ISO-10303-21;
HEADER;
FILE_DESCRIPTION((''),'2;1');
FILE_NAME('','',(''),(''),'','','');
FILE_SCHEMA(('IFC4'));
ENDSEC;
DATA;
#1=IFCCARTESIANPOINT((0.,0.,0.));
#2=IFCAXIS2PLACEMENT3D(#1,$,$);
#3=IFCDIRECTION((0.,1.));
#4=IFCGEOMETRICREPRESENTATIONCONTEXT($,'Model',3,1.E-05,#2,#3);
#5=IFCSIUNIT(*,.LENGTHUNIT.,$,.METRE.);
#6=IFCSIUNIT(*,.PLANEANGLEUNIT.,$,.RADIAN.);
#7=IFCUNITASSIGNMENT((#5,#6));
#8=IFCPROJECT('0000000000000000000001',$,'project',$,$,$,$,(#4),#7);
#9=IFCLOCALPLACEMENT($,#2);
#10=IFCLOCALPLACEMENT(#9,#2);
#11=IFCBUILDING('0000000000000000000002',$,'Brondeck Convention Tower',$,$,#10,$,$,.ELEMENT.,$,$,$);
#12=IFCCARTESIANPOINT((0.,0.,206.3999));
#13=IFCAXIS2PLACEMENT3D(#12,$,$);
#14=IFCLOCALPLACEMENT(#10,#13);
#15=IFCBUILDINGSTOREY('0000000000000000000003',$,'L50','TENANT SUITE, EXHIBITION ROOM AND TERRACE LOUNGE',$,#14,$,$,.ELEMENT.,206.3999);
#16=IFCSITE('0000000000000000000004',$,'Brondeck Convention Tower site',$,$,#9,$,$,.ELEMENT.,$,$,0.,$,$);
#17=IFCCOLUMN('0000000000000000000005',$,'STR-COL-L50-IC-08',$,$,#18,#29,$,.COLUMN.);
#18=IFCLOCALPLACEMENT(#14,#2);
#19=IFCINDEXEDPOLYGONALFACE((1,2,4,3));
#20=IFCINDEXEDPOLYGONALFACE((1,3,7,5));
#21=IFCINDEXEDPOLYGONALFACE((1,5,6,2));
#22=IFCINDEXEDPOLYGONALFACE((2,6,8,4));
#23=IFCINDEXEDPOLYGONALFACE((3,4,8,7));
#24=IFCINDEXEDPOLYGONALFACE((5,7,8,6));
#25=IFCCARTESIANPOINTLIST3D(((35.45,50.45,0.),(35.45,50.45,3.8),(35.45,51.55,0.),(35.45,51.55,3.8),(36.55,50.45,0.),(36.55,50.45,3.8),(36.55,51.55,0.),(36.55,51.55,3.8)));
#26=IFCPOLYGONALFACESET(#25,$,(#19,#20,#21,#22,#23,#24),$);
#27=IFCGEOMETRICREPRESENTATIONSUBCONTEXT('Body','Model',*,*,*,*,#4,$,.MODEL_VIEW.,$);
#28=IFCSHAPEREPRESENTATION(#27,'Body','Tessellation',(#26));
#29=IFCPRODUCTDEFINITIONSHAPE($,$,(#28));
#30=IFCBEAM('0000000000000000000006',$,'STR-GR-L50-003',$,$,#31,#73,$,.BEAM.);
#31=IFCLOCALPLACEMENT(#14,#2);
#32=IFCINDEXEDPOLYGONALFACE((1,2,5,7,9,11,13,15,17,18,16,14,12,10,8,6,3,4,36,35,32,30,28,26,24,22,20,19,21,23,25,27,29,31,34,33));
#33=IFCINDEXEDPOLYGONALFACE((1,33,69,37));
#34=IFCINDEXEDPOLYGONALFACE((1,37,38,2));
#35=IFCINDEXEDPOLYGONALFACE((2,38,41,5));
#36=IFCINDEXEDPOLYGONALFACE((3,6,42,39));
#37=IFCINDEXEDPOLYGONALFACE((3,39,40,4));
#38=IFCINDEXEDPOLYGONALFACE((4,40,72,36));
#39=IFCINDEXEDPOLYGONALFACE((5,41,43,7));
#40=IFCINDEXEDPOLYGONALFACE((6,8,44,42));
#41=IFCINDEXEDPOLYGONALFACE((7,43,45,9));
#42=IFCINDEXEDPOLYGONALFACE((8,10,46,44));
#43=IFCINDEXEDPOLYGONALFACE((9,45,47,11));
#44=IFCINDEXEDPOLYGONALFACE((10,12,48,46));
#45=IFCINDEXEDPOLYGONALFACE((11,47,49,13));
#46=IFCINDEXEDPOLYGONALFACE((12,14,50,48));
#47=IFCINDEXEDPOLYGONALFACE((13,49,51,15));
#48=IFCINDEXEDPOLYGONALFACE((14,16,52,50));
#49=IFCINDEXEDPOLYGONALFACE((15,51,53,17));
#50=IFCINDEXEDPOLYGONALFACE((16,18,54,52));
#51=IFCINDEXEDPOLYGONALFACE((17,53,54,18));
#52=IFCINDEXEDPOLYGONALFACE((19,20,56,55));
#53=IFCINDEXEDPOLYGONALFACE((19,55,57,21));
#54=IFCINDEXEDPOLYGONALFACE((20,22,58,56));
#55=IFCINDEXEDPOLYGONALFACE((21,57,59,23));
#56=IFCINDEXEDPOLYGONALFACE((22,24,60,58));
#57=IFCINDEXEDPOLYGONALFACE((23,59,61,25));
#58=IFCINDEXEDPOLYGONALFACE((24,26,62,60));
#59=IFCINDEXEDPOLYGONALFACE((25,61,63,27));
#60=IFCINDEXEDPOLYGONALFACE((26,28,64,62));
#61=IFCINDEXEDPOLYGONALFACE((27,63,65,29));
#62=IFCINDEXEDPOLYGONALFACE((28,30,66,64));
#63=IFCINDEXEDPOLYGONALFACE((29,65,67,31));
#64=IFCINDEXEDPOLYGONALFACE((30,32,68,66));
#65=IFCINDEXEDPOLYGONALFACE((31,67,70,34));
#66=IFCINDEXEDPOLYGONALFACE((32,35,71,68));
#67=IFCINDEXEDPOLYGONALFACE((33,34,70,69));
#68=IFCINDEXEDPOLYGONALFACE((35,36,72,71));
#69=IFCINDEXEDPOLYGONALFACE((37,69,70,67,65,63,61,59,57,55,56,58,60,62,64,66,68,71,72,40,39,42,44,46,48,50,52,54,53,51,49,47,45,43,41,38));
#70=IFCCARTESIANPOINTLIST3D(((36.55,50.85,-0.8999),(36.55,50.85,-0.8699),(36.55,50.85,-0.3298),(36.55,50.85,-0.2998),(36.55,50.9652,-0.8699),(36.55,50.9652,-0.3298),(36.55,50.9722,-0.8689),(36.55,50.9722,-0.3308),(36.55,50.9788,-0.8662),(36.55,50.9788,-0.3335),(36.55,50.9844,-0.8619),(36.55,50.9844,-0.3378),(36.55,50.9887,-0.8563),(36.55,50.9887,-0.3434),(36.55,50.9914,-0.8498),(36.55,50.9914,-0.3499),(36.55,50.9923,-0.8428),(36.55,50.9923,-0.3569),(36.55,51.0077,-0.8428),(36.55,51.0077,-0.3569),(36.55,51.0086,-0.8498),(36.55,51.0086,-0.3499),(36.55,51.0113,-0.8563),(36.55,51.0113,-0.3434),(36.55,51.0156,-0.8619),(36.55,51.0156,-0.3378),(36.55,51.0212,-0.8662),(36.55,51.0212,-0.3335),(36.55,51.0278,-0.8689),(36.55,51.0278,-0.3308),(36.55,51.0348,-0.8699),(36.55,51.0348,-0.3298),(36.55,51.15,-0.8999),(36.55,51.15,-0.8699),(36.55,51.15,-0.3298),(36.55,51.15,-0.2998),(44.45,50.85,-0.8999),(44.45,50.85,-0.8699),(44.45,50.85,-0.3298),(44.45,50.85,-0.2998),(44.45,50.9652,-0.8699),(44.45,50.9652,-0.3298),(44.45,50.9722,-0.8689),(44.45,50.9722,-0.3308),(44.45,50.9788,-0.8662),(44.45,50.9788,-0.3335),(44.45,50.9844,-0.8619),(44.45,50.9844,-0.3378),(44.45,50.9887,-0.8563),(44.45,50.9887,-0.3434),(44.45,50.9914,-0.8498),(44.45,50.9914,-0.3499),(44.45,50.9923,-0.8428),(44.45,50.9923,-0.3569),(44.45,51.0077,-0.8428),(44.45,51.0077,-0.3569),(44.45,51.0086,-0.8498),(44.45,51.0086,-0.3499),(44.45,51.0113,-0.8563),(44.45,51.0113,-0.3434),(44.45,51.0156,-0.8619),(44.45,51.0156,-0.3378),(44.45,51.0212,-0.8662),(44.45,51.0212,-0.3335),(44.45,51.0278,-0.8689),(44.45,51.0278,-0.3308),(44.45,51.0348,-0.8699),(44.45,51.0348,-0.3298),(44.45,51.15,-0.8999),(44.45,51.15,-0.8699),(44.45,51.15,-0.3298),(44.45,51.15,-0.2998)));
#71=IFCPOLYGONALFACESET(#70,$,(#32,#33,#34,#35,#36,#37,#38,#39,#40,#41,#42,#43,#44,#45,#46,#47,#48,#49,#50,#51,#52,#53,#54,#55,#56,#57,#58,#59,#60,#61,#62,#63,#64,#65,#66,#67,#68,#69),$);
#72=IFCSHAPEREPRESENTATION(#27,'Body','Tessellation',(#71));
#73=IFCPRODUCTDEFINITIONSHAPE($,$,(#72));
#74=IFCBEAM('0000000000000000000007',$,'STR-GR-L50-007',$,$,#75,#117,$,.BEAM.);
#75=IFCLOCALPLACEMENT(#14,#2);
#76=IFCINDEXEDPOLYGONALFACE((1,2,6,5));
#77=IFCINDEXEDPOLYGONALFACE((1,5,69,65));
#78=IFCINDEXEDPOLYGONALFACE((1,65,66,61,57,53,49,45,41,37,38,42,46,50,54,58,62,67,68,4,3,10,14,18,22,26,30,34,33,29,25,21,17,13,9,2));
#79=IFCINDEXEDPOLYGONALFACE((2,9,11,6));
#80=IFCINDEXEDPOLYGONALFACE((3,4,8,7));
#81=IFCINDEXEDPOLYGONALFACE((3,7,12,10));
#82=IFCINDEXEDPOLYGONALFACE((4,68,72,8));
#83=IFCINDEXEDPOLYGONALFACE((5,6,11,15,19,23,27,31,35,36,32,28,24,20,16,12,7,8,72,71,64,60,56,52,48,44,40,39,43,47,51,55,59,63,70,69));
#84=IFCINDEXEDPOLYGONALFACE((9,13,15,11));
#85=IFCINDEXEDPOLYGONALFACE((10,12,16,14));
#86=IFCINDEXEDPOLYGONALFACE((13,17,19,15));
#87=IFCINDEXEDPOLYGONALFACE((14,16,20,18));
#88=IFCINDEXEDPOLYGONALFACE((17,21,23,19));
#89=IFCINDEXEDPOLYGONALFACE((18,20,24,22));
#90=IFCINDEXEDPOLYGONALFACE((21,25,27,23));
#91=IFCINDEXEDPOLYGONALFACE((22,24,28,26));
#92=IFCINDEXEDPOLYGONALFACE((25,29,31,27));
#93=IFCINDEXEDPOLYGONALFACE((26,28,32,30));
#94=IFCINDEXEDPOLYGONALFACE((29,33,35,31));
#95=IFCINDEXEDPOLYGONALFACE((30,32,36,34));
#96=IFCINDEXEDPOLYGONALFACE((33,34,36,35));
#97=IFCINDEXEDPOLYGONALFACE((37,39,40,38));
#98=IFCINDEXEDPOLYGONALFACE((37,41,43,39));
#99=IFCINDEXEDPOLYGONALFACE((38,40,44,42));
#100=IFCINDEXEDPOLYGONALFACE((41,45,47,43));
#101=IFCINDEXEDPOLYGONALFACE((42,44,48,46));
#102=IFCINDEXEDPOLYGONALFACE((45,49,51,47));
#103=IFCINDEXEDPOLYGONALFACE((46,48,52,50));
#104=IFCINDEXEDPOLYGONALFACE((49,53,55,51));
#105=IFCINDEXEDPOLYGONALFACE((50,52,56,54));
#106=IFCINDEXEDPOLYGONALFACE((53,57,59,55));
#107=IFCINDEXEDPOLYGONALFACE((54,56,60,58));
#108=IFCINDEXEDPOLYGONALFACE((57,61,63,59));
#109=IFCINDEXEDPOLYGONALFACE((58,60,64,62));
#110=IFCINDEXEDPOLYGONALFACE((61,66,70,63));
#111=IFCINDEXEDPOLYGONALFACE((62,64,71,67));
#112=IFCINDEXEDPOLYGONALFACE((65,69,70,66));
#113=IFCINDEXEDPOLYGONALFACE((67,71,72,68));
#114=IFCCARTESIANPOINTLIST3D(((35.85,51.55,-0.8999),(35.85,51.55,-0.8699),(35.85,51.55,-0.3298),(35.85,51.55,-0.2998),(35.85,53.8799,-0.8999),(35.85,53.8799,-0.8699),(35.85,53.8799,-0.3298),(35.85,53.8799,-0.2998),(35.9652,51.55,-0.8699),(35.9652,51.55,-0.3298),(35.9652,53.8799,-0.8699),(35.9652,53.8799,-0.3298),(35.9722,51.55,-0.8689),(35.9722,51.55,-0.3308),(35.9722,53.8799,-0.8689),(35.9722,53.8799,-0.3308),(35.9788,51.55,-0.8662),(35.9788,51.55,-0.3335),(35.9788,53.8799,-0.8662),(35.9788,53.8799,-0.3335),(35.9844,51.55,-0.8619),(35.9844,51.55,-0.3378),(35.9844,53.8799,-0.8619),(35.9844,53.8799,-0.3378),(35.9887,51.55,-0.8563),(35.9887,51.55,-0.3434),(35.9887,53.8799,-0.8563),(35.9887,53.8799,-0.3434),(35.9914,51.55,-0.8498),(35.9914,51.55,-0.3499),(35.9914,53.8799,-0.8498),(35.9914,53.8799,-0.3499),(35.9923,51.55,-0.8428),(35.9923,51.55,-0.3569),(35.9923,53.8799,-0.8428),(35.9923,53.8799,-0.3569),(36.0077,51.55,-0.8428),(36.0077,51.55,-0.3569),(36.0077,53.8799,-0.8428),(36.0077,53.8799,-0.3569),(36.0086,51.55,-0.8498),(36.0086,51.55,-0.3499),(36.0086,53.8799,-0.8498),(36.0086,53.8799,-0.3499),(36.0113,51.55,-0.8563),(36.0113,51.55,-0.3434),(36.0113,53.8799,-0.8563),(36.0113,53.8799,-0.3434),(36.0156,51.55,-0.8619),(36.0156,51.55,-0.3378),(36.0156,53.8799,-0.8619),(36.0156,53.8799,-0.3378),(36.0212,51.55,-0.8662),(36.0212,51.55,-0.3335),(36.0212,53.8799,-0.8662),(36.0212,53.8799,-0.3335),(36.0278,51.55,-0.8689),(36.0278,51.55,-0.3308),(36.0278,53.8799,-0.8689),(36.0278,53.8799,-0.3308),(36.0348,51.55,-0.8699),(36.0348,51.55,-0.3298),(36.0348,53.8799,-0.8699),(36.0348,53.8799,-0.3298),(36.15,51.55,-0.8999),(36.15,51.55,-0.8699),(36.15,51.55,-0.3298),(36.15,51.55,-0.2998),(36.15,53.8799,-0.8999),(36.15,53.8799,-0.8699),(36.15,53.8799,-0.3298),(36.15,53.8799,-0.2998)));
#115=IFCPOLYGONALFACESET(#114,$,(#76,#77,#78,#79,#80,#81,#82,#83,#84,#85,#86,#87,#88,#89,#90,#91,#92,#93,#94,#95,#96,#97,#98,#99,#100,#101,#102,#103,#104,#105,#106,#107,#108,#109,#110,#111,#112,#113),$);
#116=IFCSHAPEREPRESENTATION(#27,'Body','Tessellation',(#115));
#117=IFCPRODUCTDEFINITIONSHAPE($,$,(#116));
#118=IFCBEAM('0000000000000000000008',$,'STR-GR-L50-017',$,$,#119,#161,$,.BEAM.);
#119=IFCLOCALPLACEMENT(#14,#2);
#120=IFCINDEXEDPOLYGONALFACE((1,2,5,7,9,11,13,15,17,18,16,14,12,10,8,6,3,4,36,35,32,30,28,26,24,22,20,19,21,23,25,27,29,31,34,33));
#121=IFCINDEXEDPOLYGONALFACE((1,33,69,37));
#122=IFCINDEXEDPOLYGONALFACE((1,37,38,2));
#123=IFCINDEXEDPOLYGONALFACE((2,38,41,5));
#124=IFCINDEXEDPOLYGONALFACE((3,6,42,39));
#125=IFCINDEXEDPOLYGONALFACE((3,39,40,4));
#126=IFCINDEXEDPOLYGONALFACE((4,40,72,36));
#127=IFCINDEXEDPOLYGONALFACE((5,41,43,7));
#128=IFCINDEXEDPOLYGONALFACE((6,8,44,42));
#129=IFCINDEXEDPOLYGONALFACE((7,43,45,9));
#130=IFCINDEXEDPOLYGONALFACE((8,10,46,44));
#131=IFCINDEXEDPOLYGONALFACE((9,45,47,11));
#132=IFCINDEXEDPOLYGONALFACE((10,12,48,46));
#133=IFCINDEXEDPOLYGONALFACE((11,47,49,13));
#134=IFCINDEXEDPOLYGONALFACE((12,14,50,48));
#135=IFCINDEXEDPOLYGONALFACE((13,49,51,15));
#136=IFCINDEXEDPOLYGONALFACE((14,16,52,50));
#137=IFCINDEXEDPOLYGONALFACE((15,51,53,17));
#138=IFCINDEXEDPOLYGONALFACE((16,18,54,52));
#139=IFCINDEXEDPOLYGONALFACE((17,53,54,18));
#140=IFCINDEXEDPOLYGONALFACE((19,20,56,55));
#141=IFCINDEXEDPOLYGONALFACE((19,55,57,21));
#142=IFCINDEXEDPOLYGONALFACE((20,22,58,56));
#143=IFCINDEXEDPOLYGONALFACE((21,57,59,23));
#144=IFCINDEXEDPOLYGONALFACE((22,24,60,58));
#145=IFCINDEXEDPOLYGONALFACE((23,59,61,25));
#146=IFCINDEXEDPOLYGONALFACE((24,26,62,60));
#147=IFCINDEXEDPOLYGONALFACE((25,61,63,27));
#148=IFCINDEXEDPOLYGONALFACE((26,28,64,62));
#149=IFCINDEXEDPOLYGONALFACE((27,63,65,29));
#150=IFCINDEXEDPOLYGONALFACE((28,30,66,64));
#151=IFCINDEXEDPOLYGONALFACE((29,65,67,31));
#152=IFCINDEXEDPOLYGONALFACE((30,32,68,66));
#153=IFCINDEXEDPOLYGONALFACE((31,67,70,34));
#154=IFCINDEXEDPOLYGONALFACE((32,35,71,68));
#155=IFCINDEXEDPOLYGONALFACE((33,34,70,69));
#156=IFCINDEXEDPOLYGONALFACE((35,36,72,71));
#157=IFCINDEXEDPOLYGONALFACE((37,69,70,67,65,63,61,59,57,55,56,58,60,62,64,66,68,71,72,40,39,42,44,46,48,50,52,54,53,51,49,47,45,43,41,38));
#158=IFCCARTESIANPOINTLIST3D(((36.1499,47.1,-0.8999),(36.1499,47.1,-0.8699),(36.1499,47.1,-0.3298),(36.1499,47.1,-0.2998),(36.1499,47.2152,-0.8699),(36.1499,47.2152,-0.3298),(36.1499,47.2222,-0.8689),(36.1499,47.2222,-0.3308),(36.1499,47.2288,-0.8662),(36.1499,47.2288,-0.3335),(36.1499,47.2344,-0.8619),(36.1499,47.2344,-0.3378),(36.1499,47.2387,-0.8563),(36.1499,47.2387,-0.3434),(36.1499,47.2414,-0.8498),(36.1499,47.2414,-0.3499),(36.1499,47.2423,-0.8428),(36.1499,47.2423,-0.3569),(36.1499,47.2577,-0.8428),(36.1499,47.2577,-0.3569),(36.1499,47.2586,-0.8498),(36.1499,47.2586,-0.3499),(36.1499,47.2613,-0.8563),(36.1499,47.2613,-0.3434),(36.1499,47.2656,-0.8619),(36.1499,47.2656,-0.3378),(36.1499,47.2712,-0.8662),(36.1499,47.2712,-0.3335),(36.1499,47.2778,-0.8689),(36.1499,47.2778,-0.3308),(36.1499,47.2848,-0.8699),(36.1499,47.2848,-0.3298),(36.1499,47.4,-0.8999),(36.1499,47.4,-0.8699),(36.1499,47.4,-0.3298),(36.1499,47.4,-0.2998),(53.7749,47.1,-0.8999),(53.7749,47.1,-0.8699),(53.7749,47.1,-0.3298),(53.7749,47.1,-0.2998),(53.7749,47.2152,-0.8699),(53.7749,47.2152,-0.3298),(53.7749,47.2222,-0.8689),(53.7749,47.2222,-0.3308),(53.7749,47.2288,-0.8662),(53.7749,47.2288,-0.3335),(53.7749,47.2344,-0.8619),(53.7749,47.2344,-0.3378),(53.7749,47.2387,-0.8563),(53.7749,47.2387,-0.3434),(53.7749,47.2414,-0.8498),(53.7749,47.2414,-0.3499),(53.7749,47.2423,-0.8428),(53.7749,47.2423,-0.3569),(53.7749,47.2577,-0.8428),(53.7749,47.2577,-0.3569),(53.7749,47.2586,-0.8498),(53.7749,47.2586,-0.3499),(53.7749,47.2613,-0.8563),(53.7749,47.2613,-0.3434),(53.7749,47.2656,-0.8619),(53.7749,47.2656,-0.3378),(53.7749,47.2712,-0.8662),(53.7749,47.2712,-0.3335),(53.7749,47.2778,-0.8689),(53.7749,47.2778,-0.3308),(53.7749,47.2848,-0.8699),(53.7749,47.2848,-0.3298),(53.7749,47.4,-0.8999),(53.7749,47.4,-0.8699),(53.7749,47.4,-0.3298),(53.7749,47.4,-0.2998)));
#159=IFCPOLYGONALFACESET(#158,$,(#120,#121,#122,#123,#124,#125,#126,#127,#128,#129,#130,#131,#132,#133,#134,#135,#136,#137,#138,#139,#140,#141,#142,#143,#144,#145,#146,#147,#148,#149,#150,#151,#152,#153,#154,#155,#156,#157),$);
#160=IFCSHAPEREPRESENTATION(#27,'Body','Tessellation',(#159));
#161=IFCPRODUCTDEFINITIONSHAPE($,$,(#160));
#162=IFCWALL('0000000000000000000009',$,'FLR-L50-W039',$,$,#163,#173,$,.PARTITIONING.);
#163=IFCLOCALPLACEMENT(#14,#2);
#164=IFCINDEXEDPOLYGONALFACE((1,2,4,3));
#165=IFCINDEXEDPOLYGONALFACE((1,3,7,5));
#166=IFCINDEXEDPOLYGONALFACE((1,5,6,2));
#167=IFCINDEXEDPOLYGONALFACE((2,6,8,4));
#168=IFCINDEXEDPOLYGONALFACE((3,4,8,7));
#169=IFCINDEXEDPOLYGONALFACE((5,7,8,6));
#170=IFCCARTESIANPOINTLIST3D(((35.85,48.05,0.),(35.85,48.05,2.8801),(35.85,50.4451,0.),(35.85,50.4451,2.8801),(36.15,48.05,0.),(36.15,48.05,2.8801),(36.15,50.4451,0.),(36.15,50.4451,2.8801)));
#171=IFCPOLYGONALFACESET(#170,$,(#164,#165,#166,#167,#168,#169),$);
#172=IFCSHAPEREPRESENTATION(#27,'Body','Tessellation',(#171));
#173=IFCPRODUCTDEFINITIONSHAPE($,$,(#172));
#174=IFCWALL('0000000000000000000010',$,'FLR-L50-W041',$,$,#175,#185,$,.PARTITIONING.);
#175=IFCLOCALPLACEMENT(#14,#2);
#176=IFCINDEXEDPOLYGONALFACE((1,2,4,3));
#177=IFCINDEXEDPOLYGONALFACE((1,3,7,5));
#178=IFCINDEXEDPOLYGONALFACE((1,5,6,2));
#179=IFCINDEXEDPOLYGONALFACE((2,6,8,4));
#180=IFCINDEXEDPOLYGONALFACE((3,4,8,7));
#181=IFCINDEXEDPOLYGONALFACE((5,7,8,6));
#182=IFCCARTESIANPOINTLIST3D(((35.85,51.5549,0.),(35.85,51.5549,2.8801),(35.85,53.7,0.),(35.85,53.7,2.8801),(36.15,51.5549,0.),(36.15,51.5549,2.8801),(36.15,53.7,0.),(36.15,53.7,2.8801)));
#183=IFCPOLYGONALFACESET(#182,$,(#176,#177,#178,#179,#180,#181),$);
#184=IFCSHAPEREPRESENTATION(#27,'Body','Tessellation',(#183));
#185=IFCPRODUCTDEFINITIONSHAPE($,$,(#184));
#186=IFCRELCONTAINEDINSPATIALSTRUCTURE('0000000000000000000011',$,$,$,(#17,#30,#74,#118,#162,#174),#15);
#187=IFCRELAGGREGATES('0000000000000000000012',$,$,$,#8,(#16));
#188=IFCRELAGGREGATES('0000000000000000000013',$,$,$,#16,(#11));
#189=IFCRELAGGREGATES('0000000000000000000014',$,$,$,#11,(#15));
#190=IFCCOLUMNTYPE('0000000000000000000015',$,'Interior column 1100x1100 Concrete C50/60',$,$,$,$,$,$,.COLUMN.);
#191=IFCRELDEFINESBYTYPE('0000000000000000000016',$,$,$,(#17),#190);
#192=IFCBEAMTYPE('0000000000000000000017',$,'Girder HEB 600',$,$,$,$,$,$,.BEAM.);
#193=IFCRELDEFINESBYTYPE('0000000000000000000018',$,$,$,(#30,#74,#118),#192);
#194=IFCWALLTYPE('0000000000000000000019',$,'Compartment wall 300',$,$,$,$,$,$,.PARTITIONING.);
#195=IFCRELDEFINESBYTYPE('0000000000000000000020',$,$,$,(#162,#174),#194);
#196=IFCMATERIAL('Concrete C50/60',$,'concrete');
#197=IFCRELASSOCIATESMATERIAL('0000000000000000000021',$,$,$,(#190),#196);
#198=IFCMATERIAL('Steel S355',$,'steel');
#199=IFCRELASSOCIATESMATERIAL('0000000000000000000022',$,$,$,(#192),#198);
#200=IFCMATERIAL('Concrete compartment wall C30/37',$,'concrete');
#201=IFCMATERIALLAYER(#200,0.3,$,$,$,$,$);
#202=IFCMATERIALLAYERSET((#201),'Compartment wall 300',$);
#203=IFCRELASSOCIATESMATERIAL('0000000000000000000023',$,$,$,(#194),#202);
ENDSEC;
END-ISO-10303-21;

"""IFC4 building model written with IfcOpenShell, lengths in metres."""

from ifc_helpers import new_model, si_unit, direction, frame, frame_2d, origin, origin_2d, place, context, subcontext, project, spatial, rectangle, i_section, extrude, material, layer, layer_set, material_profile, profile_set, type_object, element, save


model = new_model("IFC4")

# Units and contexts
model_context = context("Model", 3, precision=1e-05, world=origin(), true_north=direction((0.0, 1.0)))
body_context = subcontext(model_context, "Body", "Model", "MODEL_VIEW")
ifc_project = project(units=[si_unit("LENGTHUNIT", "METRE"), si_unit("PLANEANGLEUNIT", "RADIAN")], contexts=[model_context])

# Site, building, storey
site_placement = place(None, origin())
site = spatial("IfcSite", under=ifc_project, at=site_placement, Name="Brondeck Convention Tower site", CompositionType="ELEMENT", RefElevation=0.0)
building_placement = place(site_placement, origin())
building = spatial("IfcBuilding", under=site, at=building_placement, Name="Brondeck Convention Tower", CompositionType="ELEMENT")
storey_placement = place(building_placement, frame((0.0, 0.0, 206.3999)))
storey = spatial("IfcBuildingStorey", under=building, at=storey_placement, Name="L50", Description="TENANT SUITE, EXHIBITION ROOM AND TERRACE LOUNGE", CompositionType="ELEMENT", Elevation=206.3999)

# Column
ifc_material_1 = material(Name="Concrete C50/60", Category="concrete")
ifc_material_profile_1 = material_profile(ifc_material_1, rectangle(XDim=1.1001, YDim=1.1001, at=origin_2d()), Name="Interior column 1100x1100 Concrete C50/60")
ifc_profile_set_1 = profile_set([ifc_material_profile_1], Name="Concrete C50/60")
column_type = type_object("IfcColumnType", Name="Interior column 1100x1100 Concrete C50/60", PredefinedType="COLUMN", material=ifc_profile_set_1)
column_placement = place(storey_placement, frame((36.0, 51.0, 0.0), z_axis=(0.0, 0.0, 1.0), x_axis=(1.0, 0.0, 0.0)))
element("IfcColumn", 1, at=column_placement, inside=storey, type_object=column_type, Name="STR-COL-L50-IC-08", PredefinedType="COLUMN", context=body_context, shape_type="SweptSolid", body=[
    extrude(rectangle(XDim=1.1001, YDim=1.1001, at=origin_2d()), origin(), (0.0, 0.0, 1.0), 3.8),
])

# Beams
ifc_material_2 = material(Name="Steel S355", Category="steel")
ifc_material_profile_2 = material_profile(ifc_material_2, i_section(OverallWidth=0.3, OverallDepth=0.6001, WebThickness=0.0154, FlangeThickness=0.03, FilletRadius=0.0271, at=origin_2d()), Name="HEB 600")
ifc_profile_set_2 = profile_set([ifc_material_profile_2], Name="Steel S355")
beam_type = type_object("IfcBeamType", Name="Girder HEB 600", PredefinedType="BEAM", material=ifc_profile_set_2)
beam_1_placement = place(storey_placement, frame((36.55, 51.0, -0.5999), z_axis=(1.0, 0.0, 0.0), x_axis=(0.0, 1.0, 0.0)))
element("IfcBeam", 2, at=beam_1_placement, inside=storey, type_object=beam_type, Name="STR-GR-L50-003", PredefinedType="BEAM", context=body_context, shape_type="SweptSolid", body=[
    extrude(i_section(OverallWidth=0.3, OverallDepth=0.6001, WebThickness=0.0154, FlangeThickness=0.03, FilletRadius=0.0271, at=origin_2d()), origin(), (0.0, 0.0, 1.0), 7.8999),
])
beam_2_placement = place(storey_placement, frame((36.0, 51.55, -0.5999), z_axis=(0.0, 1.0, 0.0), x_axis=(-1.0, 0.0, 0.0)))
element("IfcBeam", 3, at=beam_2_placement, inside=storey, type_object=beam_type, Name="STR-GR-L50-007", PredefinedType="BEAM", context=body_context, shape_type="SweptSolid", body=[
    extrude(i_section(OverallWidth=0.3, OverallDepth=0.6001, WebThickness=0.0154, FlangeThickness=0.03, FilletRadius=0.0271, at=origin_2d()), origin(), (0.0, 0.0, 1.0), 2.3298),
])
beam_3_placement = place(storey_placement, frame((36.1499, 47.25, -0.5999), z_axis=(1.0, 0.0, 0.0), x_axis=(0.0, 1.0, 0.0)))
element("IfcBeam", 4, at=beam_3_placement, inside=storey, type_object=beam_type, Name="STR-GR-L50-017", PredefinedType="BEAM", context=body_context, shape_type="SweptSolid", body=[
    extrude(i_section(OverallWidth=0.3, OverallDepth=0.6001, WebThickness=0.0154, FlangeThickness=0.03, FilletRadius=0.0271, at=origin_2d()), origin(), (0.0, 0.0, 1.0), 17.625),
])

# Walls
ifc_material_3 = material(Name="Concrete compartment wall C30/37", Category="concrete")
ifc_layer_1 = layer(ifc_material_3, 0.3)
ifc_layer_set_1 = layer_set([ifc_layer_1], Name="Compartment wall 300")
wall_type_1 = type_object("IfcWallType", Name="Compartment wall 300", PredefinedType="PARTITIONING", material=ifc_layer_set_1)
wall_1_placement = place(storey_placement, frame((36.0, 48.05, 0.0), z_axis=(0.0, 0.0, 1.0), x_axis=(0.0, 1.0, 0.0)))
element("IfcWall", 5, at=wall_1_placement, inside=storey, type_object=wall_type_1, Name="FLR-L50-W039", PredefinedType="PARTITIONING", context=body_context, shape_type="SweptSolid", body=[
    extrude(rectangle(XDim=2.395, YDim=0.3, at=frame_2d((1.1975, 0.0))), origin(), (0.0, 0.0, 1.0), 2.8801),
])
wall_2_placement = place(storey_placement, frame((36.0, 51.5549, 0.0), z_axis=(0.0, 0.0, 1.0), x_axis=(0.0, 1.0, 0.0)))
element("IfcWall", 6, at=wall_2_placement, inside=storey, type_object=wall_type_1, Name="FLR-L50-W041", PredefinedType="PARTITIONING", context=body_context, shape_type="SweptSolid", body=[
    extrude(rectangle(XDim=2.145, YDim=0.3, at=frame_2d((1.0725, 0.0))), origin(), (0.0, 0.0, 1.0), 2.8801),
])

save(model, "model.ifc")
